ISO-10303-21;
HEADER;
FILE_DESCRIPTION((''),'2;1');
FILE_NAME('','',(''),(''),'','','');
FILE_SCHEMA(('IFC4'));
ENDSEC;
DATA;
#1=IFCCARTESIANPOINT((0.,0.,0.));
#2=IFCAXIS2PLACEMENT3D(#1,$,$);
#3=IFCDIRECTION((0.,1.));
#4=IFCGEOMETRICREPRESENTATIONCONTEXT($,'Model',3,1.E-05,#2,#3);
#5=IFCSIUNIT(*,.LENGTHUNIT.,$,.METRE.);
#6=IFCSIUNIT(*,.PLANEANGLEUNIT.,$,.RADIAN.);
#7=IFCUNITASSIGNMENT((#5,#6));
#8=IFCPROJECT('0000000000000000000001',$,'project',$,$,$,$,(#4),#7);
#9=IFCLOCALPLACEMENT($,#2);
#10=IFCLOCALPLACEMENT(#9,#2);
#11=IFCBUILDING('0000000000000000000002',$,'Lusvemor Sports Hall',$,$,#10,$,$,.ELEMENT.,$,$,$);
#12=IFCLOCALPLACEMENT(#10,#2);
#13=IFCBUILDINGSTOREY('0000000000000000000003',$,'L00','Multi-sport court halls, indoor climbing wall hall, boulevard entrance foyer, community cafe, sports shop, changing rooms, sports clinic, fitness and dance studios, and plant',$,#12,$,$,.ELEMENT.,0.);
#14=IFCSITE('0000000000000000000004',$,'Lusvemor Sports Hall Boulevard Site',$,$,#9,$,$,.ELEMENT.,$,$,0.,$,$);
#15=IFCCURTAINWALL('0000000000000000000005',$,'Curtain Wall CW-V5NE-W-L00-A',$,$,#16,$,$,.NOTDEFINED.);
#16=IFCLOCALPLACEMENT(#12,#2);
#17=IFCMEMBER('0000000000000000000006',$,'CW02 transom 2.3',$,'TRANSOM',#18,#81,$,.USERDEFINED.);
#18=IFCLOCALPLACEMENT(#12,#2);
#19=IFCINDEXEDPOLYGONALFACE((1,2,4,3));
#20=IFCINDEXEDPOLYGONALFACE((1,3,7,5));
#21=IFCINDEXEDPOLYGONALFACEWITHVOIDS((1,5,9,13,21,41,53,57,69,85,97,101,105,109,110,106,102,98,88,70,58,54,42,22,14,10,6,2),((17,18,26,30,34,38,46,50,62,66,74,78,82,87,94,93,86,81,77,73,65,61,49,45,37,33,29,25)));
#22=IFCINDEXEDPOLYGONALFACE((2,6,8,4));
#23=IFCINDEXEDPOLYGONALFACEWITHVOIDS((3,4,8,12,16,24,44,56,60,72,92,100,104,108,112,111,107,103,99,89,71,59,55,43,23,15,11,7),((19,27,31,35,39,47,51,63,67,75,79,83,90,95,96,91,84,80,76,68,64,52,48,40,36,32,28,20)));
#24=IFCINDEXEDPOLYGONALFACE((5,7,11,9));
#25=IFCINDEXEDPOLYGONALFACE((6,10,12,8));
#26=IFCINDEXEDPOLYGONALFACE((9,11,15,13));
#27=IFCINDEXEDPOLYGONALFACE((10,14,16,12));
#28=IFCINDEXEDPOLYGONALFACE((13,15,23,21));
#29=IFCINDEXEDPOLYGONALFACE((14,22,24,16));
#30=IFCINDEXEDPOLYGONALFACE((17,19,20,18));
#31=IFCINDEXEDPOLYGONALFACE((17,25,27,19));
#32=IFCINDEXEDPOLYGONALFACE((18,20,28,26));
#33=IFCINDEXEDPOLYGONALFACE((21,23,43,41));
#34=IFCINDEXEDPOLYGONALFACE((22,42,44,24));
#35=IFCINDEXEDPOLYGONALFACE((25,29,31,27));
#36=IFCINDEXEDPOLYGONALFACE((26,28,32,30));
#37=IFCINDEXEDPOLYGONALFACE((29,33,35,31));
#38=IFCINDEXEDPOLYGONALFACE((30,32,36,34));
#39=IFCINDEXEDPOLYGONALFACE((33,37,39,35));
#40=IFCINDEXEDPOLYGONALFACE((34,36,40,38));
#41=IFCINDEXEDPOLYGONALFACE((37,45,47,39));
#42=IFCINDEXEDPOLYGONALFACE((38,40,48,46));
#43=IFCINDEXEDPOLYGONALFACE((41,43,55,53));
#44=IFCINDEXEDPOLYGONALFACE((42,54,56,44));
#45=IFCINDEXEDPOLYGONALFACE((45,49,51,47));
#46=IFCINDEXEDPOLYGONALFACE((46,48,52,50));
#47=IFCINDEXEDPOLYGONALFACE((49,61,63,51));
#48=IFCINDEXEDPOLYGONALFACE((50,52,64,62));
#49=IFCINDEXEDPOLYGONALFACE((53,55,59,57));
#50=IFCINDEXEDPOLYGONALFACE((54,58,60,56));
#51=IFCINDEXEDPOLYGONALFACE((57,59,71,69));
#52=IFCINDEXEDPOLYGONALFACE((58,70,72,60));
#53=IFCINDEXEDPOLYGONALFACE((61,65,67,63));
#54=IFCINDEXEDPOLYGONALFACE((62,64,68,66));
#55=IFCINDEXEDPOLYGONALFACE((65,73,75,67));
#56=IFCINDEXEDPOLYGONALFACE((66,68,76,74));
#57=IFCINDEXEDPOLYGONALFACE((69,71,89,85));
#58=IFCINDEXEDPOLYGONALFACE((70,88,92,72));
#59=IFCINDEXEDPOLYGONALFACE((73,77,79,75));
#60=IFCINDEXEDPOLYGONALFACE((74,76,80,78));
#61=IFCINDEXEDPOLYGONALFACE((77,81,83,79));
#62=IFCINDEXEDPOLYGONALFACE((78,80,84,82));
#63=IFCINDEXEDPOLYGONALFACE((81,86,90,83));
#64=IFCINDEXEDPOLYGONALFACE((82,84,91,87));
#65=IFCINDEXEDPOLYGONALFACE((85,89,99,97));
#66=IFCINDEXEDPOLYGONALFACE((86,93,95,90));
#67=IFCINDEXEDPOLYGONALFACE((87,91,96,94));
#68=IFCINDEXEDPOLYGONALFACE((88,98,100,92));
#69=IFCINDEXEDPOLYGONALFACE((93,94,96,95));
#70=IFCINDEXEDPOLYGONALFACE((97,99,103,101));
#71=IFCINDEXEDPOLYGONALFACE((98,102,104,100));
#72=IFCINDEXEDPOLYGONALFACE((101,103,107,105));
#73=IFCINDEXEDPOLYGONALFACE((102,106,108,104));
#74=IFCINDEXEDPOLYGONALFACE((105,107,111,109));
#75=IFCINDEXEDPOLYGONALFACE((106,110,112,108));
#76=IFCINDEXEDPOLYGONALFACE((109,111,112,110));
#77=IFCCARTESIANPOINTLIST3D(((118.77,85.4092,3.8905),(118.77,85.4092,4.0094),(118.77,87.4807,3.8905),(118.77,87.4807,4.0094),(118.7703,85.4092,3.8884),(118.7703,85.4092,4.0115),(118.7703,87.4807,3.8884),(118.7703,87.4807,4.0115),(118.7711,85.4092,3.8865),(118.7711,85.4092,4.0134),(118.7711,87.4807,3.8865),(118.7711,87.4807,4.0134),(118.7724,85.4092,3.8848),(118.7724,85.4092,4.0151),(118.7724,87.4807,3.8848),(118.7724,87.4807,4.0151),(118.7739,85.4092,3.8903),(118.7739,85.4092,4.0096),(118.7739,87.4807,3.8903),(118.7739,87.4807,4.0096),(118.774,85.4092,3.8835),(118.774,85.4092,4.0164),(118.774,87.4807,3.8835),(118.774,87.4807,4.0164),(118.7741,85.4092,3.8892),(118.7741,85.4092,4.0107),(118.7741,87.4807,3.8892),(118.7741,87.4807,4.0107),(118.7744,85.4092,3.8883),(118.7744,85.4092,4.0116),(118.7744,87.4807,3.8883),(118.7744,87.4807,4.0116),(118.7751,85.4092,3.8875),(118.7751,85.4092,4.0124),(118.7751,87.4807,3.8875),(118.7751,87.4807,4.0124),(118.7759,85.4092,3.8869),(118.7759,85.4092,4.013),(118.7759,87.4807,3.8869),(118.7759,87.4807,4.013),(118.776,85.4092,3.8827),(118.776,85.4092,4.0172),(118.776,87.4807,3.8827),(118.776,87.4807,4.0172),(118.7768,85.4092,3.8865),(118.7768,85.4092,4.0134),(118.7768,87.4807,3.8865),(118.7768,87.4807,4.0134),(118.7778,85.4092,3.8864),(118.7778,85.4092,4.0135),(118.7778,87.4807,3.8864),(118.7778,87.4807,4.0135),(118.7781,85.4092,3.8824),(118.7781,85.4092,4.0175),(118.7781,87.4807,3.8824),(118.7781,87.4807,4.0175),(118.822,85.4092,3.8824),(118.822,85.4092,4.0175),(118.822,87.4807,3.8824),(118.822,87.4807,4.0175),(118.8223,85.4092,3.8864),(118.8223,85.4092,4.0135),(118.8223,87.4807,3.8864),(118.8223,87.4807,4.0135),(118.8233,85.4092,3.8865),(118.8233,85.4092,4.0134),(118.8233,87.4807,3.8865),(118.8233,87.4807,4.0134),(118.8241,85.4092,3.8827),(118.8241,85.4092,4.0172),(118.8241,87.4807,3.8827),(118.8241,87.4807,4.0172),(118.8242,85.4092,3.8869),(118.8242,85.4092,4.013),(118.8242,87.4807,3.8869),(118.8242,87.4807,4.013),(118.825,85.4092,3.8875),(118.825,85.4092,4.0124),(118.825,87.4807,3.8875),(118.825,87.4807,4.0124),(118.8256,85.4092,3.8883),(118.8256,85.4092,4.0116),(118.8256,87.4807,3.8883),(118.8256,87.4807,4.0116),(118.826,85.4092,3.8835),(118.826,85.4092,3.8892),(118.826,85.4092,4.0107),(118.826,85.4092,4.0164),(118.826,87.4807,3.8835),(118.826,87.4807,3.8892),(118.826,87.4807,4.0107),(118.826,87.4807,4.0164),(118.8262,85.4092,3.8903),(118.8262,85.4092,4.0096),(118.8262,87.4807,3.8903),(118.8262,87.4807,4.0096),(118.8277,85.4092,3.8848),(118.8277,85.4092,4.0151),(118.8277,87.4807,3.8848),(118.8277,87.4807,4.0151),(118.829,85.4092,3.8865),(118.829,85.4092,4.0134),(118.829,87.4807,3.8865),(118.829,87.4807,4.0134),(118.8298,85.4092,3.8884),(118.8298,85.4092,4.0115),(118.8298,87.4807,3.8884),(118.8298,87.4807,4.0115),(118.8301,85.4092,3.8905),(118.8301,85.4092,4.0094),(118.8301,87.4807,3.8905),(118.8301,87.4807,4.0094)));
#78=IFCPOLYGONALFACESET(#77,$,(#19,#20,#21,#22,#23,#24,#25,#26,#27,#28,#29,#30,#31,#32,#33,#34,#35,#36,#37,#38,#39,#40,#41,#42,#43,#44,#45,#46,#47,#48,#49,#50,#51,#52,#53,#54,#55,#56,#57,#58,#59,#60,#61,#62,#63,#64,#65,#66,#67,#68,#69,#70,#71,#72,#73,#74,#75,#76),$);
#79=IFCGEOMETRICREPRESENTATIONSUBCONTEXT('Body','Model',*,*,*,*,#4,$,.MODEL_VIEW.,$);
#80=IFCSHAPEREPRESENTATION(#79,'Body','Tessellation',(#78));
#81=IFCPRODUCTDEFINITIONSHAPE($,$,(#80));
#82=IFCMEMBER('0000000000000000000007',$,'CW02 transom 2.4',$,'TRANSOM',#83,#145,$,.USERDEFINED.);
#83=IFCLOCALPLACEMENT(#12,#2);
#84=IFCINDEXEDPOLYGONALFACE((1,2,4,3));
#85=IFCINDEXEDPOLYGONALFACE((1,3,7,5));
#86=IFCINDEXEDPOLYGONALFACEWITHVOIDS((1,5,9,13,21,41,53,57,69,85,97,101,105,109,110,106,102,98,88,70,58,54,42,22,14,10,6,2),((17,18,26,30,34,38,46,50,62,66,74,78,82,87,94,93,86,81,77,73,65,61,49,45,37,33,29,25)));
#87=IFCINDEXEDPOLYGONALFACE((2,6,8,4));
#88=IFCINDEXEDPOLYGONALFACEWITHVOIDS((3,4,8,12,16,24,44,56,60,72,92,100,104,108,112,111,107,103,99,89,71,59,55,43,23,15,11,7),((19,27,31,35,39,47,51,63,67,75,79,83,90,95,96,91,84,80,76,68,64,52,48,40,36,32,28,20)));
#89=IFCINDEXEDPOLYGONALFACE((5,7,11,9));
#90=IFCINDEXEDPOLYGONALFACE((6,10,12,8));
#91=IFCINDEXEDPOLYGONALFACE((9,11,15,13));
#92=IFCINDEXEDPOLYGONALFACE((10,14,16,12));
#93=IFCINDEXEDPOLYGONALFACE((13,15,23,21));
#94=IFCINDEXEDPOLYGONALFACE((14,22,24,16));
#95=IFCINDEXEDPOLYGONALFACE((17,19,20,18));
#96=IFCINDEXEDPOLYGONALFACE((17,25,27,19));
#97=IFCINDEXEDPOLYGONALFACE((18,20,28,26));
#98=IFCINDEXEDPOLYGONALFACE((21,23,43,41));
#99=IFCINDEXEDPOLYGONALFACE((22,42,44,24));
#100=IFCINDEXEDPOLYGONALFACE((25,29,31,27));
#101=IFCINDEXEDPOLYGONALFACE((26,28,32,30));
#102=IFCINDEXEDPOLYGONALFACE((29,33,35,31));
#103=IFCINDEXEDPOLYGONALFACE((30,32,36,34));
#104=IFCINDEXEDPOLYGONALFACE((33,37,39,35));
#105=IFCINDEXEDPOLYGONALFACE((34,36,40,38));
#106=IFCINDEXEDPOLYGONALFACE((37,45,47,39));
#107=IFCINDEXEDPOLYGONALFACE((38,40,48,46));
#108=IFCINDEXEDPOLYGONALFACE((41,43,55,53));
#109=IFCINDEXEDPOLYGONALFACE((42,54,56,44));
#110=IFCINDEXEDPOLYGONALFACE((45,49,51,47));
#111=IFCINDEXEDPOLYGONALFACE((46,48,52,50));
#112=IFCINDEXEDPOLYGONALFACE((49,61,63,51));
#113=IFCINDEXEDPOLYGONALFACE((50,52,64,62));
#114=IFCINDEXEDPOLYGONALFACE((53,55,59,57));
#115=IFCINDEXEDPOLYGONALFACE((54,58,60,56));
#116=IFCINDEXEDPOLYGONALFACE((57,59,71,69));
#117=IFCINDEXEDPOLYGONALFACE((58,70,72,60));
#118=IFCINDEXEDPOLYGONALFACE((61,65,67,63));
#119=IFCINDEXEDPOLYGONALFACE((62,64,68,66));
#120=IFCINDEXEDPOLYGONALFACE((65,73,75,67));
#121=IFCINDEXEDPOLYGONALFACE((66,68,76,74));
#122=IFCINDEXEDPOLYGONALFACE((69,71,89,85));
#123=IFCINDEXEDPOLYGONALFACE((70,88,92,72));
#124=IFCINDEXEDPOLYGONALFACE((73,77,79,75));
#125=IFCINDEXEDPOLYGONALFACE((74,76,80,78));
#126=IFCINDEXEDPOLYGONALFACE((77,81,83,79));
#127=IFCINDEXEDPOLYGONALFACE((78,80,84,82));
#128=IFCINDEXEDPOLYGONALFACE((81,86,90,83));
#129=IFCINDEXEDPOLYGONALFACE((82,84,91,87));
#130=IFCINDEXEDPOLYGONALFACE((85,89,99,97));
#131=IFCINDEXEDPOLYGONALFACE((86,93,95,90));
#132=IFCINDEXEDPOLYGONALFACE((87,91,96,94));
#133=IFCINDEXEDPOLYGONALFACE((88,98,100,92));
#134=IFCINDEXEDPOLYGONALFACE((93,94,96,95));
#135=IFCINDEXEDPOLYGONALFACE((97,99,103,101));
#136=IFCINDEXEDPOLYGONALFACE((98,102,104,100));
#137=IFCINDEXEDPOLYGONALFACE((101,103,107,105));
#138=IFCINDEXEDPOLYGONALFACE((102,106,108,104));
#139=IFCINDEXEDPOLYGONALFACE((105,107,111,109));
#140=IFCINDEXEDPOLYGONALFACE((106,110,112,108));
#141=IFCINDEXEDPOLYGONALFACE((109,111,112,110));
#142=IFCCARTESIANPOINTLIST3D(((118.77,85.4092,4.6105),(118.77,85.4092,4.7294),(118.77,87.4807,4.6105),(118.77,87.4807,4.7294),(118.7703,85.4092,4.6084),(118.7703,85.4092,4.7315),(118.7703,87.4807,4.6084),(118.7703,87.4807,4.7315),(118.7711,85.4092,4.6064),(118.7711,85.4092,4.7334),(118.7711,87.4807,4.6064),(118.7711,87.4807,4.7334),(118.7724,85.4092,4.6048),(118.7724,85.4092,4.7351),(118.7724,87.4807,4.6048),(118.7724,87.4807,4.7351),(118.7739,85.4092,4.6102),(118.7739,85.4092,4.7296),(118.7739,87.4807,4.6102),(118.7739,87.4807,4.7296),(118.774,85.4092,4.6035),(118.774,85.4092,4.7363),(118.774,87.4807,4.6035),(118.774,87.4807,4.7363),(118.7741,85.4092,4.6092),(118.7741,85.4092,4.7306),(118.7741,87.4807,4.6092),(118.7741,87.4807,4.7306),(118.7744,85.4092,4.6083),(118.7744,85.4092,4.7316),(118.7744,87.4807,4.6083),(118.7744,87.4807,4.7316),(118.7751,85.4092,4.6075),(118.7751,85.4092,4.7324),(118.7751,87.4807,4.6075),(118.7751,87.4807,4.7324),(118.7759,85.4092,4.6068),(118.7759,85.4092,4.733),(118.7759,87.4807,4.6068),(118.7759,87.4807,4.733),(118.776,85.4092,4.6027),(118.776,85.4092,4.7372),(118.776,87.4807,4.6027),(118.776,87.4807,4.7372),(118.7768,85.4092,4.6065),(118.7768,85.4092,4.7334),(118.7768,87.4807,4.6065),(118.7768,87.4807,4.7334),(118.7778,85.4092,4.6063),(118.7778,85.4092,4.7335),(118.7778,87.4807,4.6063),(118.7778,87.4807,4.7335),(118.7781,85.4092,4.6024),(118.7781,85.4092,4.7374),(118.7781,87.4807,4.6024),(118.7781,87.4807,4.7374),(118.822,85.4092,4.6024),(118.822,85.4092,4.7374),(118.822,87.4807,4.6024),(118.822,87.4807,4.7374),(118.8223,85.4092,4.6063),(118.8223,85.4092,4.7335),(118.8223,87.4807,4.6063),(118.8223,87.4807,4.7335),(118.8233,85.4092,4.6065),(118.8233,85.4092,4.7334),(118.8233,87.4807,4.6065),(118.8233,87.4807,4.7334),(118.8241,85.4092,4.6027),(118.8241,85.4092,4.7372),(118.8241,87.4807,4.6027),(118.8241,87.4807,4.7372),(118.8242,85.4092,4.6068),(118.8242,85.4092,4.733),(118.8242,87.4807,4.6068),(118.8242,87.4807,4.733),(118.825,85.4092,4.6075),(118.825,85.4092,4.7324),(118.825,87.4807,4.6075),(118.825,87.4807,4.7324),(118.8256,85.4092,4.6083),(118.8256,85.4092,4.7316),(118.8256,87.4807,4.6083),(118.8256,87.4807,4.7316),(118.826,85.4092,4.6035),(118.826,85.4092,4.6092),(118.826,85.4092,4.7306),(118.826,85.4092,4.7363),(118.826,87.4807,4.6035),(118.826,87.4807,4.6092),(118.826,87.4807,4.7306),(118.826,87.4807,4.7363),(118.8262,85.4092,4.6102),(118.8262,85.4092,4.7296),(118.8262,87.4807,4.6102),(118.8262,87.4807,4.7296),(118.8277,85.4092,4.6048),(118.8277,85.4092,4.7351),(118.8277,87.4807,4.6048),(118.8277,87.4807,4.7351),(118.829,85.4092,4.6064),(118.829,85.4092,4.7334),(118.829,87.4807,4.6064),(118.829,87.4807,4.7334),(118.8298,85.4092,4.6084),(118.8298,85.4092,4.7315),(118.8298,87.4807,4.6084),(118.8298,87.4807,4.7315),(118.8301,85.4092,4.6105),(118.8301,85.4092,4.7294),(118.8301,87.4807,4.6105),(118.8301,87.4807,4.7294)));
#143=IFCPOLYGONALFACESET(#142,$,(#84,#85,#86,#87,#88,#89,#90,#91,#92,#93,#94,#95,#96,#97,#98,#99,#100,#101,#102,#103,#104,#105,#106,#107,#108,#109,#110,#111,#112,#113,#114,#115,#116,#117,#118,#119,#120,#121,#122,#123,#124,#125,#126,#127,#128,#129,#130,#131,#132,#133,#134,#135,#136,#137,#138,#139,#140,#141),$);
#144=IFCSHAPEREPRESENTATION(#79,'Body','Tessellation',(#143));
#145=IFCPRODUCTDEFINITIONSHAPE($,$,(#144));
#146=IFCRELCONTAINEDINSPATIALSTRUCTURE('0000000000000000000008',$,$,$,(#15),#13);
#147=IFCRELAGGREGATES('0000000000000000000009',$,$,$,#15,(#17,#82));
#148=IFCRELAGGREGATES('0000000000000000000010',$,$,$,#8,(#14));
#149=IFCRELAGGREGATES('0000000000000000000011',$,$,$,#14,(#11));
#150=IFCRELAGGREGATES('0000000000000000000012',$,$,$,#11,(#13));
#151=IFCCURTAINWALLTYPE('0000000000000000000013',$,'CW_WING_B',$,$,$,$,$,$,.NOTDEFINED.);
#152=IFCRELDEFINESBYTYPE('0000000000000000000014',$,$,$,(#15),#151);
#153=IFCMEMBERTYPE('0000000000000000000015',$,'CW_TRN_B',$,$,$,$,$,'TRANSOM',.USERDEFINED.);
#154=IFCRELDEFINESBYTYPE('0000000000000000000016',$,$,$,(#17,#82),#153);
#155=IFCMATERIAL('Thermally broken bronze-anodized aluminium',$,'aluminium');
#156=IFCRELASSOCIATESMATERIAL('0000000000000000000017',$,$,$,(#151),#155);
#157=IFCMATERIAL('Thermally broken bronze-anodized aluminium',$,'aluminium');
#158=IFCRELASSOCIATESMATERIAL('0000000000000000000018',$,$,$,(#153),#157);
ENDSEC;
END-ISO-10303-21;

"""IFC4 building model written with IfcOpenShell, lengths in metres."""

from ifc_helpers import new_model, si_unit, direction, frame, origin, origin_2d, place, context, subcontext, project, spatial, hollow_rectangle, extrude, material, material_profile, profile_set, type_object, element, aggregate, save


model = new_model("IFC4")

# Units and contexts
model_context = context("Model", 3, precision=1e-05, world=origin(), true_north=direction((0.0, 1.0)))
body_context = subcontext(model_context, "Body", "Model", "MODEL_VIEW")
ifc_project = project(units=[si_unit("LENGTHUNIT", "METRE"), si_unit("PLANEANGLEUNIT", "RADIAN")], contexts=[model_context])

# Site, building, storey
site_placement = place(None, origin())
site = spatial("IfcSite", under=ifc_project, at=site_placement, Name="Lusvemor Sports Hall Boulevard Site", CompositionType="ELEMENT", RefElevation=0.0)
building_placement = place(site_placement, origin())
building = spatial("IfcBuilding", under=site, at=building_placement, Name="Lusvemor Sports Hall", CompositionType="ELEMENT")
storey_placement = place(building_placement, origin())
storey = spatial("IfcBuildingStorey", under=building, at=storey_placement, Name="L00", Description="Multi-sport court halls, indoor climbing wall hall, boulevard entrance foyer, community cafe, sports shop, changing rooms, sports clinic, fitness and dance studios, and plant", CompositionType="ELEMENT", Elevation=0.0)

# Shared definitions
ifc_material_1 = material(Name="Thermally broken bronze-anodized aluminium", Category="aluminium")
curtain_wall_type = type_object("IfcCurtainWallType", Name="CW_WING_B", PredefinedType="NOTDEFINED", material=ifc_material_1)

# Curtain wall, members
curtain_wall_1_placement = place(storey_placement, origin())
curtain_wall_1 = element("IfcCurtainWall", 1, at=curtain_wall_1_placement, inside=storey, type_object=curtain_wall_type, Name="Curtain Wall CW-V5NE-W-L00-A", PredefinedType="NOTDEFINED")
ifc_material_2 = material(Name="Thermally broken bronze-anodized aluminium", Category="aluminium")
ifc_material_profile_1 = material_profile(ifc_material_2, hollow_rectangle(XDim=0.0601, YDim=0.135, WallThickness=0.0039, InnerFilletRadius=0.0039, OuterFilletRadius=0.0081, at=origin_2d()), Name="CWTRN135x60x4")
ifc_profile_set_1 = profile_set([ifc_material_profile_1], Name="Thermally broken bronze-anodized aluminium")
member_type_1 = type_object("IfcMemberType", Name="CW_TRN_B", ElementType="TRANSOM", PredefinedType="USERDEFINED", material=ifc_profile_set_1)
member_1_placement = place(storey_placement, frame((118.8, 85.4092, 3.95), z_axis=(0.0, 1.0, 0.0), x_axis=(-1.0, 0.0, 0.0)))
member_1 = element("IfcMember", 2, at=member_1_placement, type_object=member_type_1, Name="CW02 transom 2.3", ObjectType="TRANSOM", PredefinedType="USERDEFINED", context=body_context, shape_type="SweptSolid", body=[
    extrude(hollow_rectangle(XDim=0.0601, YDim=0.135, WallThickness=0.0039, InnerFilletRadius=0.0039, OuterFilletRadius=0.0081, at=origin_2d()), origin(), (0.0, 0.0, 1.0), 2.0715),
])
member_2_placement = place(storey_placement, frame((118.8, 85.4092, 4.6699), z_axis=(0.0, 1.0, 0.0), x_axis=(-1.0, 0.0, 0.0)))
member_2 = element("IfcMember", 3, at=member_2_placement, type_object=member_type_1, Name="CW02 transom 2.4", ObjectType="TRANSOM", PredefinedType="USERDEFINED", context=body_context, shape_type="SweptSolid", body=[
    extrude(hollow_rectangle(XDim=0.0601, YDim=0.135, WallThickness=0.0039, InnerFilletRadius=0.0039, OuterFilletRadius=0.0081, at=origin_2d()), origin(), (0.0, 0.0, 1.0), 2.0715),
])
aggregate(curtain_wall_1, [member_1, member_2])

save(model, "model.ifc")
